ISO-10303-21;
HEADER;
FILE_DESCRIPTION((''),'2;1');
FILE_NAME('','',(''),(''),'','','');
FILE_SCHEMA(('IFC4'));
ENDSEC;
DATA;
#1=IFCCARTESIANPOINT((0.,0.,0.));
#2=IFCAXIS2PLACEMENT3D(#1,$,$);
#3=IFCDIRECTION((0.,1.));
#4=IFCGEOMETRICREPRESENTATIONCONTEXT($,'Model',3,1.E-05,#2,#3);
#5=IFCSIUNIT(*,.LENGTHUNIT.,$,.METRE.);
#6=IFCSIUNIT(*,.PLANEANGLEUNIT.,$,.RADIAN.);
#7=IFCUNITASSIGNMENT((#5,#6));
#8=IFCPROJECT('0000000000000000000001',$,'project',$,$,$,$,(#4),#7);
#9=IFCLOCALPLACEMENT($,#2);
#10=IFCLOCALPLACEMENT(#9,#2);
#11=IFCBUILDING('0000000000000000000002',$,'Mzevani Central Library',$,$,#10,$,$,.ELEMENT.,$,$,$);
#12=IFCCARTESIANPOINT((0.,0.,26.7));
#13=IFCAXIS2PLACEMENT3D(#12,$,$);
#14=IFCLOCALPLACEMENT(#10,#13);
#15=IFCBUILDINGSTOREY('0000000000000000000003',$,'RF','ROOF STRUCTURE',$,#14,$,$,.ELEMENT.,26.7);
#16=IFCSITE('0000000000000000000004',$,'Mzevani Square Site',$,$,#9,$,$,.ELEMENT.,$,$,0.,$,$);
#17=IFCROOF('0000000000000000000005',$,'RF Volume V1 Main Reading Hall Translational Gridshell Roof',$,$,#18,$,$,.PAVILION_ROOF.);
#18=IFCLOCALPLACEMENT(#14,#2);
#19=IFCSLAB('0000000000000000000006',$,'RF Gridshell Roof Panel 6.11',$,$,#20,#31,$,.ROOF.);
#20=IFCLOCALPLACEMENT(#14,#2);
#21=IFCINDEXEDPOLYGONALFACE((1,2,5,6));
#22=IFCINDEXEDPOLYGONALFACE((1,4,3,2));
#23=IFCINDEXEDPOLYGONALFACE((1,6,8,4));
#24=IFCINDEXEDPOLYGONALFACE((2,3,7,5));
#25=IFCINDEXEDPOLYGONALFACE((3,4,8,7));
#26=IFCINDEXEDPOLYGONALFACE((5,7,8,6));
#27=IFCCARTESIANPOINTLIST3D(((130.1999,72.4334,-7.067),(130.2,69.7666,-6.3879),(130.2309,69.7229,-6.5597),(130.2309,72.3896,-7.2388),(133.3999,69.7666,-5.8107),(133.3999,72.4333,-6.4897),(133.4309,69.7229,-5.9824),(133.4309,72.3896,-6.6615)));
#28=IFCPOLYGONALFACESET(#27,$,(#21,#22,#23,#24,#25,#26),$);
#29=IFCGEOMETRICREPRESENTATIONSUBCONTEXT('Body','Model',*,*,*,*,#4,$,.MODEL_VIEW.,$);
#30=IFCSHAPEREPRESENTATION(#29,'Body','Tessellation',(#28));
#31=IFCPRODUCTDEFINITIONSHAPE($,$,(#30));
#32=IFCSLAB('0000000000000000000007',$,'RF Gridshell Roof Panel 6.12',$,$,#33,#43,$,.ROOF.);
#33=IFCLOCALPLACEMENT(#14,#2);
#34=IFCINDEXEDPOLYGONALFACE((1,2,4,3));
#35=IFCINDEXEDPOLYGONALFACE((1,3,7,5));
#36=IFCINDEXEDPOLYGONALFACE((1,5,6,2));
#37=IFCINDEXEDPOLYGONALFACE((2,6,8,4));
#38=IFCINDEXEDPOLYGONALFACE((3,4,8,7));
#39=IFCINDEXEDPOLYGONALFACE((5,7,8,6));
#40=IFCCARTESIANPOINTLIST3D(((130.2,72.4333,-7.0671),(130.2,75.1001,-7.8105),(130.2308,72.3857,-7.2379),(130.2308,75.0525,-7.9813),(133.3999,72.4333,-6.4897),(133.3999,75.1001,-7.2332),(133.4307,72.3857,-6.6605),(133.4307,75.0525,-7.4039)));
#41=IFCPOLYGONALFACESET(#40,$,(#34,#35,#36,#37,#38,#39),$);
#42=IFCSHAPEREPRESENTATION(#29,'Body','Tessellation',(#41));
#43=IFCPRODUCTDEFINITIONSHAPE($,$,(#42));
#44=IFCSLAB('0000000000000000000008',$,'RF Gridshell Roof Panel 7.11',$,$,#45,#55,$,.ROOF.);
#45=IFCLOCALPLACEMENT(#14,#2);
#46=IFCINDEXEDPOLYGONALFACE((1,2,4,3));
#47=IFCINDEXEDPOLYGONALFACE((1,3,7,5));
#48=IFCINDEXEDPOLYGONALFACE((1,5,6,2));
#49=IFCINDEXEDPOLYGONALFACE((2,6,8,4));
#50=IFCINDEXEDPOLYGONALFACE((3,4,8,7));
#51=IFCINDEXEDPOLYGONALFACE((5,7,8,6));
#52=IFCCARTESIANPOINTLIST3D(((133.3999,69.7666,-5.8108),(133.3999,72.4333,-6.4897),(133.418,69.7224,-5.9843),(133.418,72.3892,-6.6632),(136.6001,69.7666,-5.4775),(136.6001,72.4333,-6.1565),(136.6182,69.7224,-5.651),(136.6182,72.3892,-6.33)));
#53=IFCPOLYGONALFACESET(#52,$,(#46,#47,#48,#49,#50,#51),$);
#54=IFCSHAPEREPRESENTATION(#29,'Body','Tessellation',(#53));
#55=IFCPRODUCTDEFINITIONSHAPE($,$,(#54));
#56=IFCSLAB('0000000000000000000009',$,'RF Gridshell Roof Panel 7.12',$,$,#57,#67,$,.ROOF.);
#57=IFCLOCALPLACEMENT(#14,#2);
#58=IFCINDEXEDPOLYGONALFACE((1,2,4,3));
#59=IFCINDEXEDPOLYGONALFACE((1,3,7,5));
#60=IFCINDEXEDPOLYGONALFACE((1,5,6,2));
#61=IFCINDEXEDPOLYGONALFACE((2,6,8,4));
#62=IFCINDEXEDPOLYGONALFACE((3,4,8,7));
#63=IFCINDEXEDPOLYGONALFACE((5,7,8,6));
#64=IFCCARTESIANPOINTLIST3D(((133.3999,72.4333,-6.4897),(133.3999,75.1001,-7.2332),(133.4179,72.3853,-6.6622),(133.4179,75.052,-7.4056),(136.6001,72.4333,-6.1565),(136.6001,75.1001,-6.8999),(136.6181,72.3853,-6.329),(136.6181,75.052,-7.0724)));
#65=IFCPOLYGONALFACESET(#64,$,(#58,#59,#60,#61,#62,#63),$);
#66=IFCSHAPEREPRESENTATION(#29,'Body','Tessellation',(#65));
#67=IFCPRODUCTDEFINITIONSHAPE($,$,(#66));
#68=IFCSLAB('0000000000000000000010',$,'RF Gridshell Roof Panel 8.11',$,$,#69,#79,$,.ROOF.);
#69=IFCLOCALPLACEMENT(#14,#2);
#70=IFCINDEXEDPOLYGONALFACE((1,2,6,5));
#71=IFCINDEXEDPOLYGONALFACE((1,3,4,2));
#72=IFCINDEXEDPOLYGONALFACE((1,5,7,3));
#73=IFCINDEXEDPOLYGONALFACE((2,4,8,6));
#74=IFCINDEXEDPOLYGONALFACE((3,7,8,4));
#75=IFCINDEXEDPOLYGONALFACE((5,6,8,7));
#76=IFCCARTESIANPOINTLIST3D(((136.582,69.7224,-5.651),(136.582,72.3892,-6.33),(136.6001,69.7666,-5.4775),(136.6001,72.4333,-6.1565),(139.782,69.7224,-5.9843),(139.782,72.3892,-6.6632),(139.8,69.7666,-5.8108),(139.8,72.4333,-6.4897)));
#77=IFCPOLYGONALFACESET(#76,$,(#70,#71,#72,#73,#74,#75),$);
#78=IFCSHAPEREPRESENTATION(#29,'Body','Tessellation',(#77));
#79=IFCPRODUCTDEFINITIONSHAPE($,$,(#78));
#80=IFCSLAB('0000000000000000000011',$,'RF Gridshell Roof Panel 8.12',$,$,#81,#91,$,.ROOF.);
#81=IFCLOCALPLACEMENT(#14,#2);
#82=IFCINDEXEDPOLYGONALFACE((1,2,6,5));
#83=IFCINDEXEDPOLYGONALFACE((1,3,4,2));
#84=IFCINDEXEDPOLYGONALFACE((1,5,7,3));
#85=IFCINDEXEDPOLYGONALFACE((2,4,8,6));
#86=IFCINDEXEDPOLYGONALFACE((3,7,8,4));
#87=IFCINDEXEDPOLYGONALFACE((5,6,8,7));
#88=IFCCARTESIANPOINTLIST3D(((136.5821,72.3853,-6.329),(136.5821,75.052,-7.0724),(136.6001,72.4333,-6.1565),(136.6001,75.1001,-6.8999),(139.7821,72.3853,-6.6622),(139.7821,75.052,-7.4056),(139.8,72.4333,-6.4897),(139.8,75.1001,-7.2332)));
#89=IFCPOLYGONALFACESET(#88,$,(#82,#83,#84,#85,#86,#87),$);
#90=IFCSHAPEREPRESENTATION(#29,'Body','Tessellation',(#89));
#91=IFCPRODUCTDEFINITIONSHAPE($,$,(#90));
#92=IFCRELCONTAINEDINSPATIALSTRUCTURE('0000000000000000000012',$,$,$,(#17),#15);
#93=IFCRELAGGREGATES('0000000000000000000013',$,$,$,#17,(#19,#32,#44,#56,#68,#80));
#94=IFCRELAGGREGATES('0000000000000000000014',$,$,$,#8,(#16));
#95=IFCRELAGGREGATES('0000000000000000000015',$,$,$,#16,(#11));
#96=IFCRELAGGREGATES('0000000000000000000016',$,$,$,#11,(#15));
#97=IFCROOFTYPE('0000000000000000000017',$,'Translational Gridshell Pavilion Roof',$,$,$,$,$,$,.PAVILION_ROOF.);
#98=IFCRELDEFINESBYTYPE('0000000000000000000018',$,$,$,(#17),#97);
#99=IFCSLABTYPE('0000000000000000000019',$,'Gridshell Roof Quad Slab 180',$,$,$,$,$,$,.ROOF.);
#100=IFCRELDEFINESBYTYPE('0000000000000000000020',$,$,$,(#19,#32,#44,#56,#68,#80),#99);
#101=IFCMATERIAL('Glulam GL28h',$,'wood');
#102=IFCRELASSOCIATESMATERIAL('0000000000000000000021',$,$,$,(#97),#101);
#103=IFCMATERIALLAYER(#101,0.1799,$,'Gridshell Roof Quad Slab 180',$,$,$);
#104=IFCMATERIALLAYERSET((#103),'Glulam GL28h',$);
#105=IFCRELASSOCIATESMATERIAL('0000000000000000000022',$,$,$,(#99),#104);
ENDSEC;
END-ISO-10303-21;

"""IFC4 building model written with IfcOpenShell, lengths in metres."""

from ifc_helpers import new_model, si_unit, direction, frame, origin, place, context, subcontext, project, spatial, polyline, outline, extrude, material, layer, layer_set, type_object, element, aggregate, save


model = new_model("IFC4")

# Units and contexts
model_context = context("Model", 3, precision=1e-05, world=origin(), true_north=direction((0.0, 1.0)))
body_context = subcontext(model_context, "Body", "Model", "MODEL_VIEW")
ifc_project = project(units=[si_unit("LENGTHUNIT", "METRE"), si_unit("PLANEANGLEUNIT", "RADIAN")], contexts=[model_context])

# Site, building, storey
site_placement = place(None, origin())
site = spatial("IfcSite", under=ifc_project, at=site_placement, Name="Mzevani Square Site", CompositionType="ELEMENT", RefElevation=0.0)
building_placement = place(site_placement, origin())
building = spatial("IfcBuilding", under=site, at=building_placement, Name="Mzevani Central Library", CompositionType="ELEMENT")
storey_placement = place(building_placement, frame((0.0, 0.0, 26.7)))
storey = spatial("IfcBuildingStorey", under=building, at=storey_placement, Name="RF", Description="ROOF STRUCTURE", CompositionType="ELEMENT", Elevation=26.7)

# Shared definitions
ifc_material_1 = material(Name="Glulam GL28h", Category="wood")

# Roof, slabs
roof_type = type_object("IfcRoofType", Name="Translational Gridshell Pavilion Roof", PredefinedType="PAVILION_ROOF", material=ifc_material_1)
roof_placement = place(storey_placement, origin())
roof = element("IfcRoof", 1, at=roof_placement, inside=storey, type_object=roof_type, Name="RF Volume V1 Main Reading Hall Translational Gridshell Roof", PredefinedType="PAVILION_ROOF")
ifc_layer_1 = layer(ifc_material_1, 0.1799, Name="Gridshell Roof Quad Slab 180")
ifc_layer_set_1 = layer_set([ifc_layer_1], Name="Glulam GL28h")
slab_type = type_object("IfcSlabType", Name="Gridshell Roof Quad Slab 180", PredefinedType="ROOF", material=ifc_layer_set_1)
slab_1_placement = place(storey_placement, frame((130.2, 69.7666, -6.3879), z_axis=(-0.172209, 0.243084, 0.954596), x_axis=(0.984115, 0.000009, 0.177532)))
slab_1 = element("IfcSlab", 2, at=slab_1_placement, type_object=slab_type, Name="RF Gridshell Roof Panel 6.11", PredefinedType="ROOF", context=body_context, shape_type="SweptSolid", body=[
    extrude(outline(polyline([(0.0, 0.0), (3.2516, 0.0), (3.1311, 2.7492), (-0.1206, 2.7492), (0.0, 0.0)])), origin(), (0.0, 0.0, -1.0), 0.1799),
])
slab_2_placement = place(storey_placement, frame((130.2, 72.4333, -7.0671), z_axis=(-0.171243, 0.264564, 0.949042), x_axis=(0.984108, 0.0, 0.17757)))
slab_2 = element("IfcSlab", 3, at=slab_2_placement, type_object=slab_type, Name="RF Gridshell Roof Panel 6.12", PredefinedType="ROOF", context=body_context, shape_type="SweptSolid", body=[
    extrude(outline(polyline([(0.0, 0.0), (3.2516, 0.0), (3.1196, 2.7653), (-0.132, 2.7653), (0.0, 0.0)])), origin(), (0.0, 0.0, -1.0), 0.1799),
])
slab_3_placement = place(storey_placement, frame((133.3999, 69.7666, -5.8108), z_axis=(-0.100406, 0.245482, 0.964187), x_axis=(0.994622, 0.0, 0.103575)))
slab_3 = element("IfcSlab", 4, at=slab_3_placement, type_object=slab_type, Name="RF Gridshell Roof Panel 7.11", PredefinedType="ROOF", context=body_context, shape_type="SweptSolid", body=[
    extrude(outline(polyline([(0.0, 0.0), (3.2175, 0.0), (3.1472, 2.7509), (-0.0703, 2.7509), (0.0, 0.0)])), origin(), (0.0, 0.0, -1.0), 0.1799),
])
slab_4_placement = place(storey_placement, frame((133.3999, 72.4333, -6.4897), z_axis=(-0.099809, 0.26719, 0.958461), x_axis=(0.994622, 0.0, 0.103575)))
slab_4 = element("IfcSlab", 5, at=slab_4_placement, type_object=slab_type, Name="RF Gridshell Roof Panel 7.12", PredefinedType="ROOF", context=body_context, shape_type="SweptSolid", body=[
    extrude(outline(polyline([(0.0, 0.0), (3.2175, 0.0), (3.1405, 2.7674), (-0.077, 2.7674), (0.0, 0.0)])), origin(), (0.0, 0.0, -1.0), 0.1799),
])
slab_5_placement = place(storey_placement, frame((136.6001, 69.7666, -5.4775), z_axis=(0.100413, 0.245482, 0.964187), x_axis=(0.994621, 0.0, -0.103583)))
slab_5 = element("IfcSlab", 6, at=slab_5_placement, type_object=slab_type, Name="RF Gridshell Roof Panel 8.11", PredefinedType="ROOF", context=body_context, shape_type="SweptSolid", body=[
    extrude(outline(polyline([(0.0, 0.0), (3.2173, 0.0), (3.2876, 2.7509), (0.0703, 2.7509), (0.0, 0.0)])), origin(), (0.0, 0.0, -1.0), 0.1799),
])
slab_6_placement = place(storey_placement, frame((136.6001, 72.4333, -6.1565), z_axis=(0.099817, 0.26719, 0.95846), x_axis=(0.994621, 0.0, -0.103583)))
slab_6 = element("IfcSlab", 7, at=slab_6_placement, type_object=slab_type, Name="RF Gridshell Roof Panel 8.12", PredefinedType="ROOF", context=body_context, shape_type="SweptSolid", body=[
    extrude(outline(polyline([(0.0, 0.0), (3.2173, 0.0), (3.2943, 2.7674), (0.077, 2.7674), (0.0, 0.0)])), origin(), (0.0, 0.0, -1.0), 0.1799),
])
aggregate(roof, [slab_1, slab_2, slab_3, slab_4, slab_5, slab_6])

save(model, "model.ifc")
